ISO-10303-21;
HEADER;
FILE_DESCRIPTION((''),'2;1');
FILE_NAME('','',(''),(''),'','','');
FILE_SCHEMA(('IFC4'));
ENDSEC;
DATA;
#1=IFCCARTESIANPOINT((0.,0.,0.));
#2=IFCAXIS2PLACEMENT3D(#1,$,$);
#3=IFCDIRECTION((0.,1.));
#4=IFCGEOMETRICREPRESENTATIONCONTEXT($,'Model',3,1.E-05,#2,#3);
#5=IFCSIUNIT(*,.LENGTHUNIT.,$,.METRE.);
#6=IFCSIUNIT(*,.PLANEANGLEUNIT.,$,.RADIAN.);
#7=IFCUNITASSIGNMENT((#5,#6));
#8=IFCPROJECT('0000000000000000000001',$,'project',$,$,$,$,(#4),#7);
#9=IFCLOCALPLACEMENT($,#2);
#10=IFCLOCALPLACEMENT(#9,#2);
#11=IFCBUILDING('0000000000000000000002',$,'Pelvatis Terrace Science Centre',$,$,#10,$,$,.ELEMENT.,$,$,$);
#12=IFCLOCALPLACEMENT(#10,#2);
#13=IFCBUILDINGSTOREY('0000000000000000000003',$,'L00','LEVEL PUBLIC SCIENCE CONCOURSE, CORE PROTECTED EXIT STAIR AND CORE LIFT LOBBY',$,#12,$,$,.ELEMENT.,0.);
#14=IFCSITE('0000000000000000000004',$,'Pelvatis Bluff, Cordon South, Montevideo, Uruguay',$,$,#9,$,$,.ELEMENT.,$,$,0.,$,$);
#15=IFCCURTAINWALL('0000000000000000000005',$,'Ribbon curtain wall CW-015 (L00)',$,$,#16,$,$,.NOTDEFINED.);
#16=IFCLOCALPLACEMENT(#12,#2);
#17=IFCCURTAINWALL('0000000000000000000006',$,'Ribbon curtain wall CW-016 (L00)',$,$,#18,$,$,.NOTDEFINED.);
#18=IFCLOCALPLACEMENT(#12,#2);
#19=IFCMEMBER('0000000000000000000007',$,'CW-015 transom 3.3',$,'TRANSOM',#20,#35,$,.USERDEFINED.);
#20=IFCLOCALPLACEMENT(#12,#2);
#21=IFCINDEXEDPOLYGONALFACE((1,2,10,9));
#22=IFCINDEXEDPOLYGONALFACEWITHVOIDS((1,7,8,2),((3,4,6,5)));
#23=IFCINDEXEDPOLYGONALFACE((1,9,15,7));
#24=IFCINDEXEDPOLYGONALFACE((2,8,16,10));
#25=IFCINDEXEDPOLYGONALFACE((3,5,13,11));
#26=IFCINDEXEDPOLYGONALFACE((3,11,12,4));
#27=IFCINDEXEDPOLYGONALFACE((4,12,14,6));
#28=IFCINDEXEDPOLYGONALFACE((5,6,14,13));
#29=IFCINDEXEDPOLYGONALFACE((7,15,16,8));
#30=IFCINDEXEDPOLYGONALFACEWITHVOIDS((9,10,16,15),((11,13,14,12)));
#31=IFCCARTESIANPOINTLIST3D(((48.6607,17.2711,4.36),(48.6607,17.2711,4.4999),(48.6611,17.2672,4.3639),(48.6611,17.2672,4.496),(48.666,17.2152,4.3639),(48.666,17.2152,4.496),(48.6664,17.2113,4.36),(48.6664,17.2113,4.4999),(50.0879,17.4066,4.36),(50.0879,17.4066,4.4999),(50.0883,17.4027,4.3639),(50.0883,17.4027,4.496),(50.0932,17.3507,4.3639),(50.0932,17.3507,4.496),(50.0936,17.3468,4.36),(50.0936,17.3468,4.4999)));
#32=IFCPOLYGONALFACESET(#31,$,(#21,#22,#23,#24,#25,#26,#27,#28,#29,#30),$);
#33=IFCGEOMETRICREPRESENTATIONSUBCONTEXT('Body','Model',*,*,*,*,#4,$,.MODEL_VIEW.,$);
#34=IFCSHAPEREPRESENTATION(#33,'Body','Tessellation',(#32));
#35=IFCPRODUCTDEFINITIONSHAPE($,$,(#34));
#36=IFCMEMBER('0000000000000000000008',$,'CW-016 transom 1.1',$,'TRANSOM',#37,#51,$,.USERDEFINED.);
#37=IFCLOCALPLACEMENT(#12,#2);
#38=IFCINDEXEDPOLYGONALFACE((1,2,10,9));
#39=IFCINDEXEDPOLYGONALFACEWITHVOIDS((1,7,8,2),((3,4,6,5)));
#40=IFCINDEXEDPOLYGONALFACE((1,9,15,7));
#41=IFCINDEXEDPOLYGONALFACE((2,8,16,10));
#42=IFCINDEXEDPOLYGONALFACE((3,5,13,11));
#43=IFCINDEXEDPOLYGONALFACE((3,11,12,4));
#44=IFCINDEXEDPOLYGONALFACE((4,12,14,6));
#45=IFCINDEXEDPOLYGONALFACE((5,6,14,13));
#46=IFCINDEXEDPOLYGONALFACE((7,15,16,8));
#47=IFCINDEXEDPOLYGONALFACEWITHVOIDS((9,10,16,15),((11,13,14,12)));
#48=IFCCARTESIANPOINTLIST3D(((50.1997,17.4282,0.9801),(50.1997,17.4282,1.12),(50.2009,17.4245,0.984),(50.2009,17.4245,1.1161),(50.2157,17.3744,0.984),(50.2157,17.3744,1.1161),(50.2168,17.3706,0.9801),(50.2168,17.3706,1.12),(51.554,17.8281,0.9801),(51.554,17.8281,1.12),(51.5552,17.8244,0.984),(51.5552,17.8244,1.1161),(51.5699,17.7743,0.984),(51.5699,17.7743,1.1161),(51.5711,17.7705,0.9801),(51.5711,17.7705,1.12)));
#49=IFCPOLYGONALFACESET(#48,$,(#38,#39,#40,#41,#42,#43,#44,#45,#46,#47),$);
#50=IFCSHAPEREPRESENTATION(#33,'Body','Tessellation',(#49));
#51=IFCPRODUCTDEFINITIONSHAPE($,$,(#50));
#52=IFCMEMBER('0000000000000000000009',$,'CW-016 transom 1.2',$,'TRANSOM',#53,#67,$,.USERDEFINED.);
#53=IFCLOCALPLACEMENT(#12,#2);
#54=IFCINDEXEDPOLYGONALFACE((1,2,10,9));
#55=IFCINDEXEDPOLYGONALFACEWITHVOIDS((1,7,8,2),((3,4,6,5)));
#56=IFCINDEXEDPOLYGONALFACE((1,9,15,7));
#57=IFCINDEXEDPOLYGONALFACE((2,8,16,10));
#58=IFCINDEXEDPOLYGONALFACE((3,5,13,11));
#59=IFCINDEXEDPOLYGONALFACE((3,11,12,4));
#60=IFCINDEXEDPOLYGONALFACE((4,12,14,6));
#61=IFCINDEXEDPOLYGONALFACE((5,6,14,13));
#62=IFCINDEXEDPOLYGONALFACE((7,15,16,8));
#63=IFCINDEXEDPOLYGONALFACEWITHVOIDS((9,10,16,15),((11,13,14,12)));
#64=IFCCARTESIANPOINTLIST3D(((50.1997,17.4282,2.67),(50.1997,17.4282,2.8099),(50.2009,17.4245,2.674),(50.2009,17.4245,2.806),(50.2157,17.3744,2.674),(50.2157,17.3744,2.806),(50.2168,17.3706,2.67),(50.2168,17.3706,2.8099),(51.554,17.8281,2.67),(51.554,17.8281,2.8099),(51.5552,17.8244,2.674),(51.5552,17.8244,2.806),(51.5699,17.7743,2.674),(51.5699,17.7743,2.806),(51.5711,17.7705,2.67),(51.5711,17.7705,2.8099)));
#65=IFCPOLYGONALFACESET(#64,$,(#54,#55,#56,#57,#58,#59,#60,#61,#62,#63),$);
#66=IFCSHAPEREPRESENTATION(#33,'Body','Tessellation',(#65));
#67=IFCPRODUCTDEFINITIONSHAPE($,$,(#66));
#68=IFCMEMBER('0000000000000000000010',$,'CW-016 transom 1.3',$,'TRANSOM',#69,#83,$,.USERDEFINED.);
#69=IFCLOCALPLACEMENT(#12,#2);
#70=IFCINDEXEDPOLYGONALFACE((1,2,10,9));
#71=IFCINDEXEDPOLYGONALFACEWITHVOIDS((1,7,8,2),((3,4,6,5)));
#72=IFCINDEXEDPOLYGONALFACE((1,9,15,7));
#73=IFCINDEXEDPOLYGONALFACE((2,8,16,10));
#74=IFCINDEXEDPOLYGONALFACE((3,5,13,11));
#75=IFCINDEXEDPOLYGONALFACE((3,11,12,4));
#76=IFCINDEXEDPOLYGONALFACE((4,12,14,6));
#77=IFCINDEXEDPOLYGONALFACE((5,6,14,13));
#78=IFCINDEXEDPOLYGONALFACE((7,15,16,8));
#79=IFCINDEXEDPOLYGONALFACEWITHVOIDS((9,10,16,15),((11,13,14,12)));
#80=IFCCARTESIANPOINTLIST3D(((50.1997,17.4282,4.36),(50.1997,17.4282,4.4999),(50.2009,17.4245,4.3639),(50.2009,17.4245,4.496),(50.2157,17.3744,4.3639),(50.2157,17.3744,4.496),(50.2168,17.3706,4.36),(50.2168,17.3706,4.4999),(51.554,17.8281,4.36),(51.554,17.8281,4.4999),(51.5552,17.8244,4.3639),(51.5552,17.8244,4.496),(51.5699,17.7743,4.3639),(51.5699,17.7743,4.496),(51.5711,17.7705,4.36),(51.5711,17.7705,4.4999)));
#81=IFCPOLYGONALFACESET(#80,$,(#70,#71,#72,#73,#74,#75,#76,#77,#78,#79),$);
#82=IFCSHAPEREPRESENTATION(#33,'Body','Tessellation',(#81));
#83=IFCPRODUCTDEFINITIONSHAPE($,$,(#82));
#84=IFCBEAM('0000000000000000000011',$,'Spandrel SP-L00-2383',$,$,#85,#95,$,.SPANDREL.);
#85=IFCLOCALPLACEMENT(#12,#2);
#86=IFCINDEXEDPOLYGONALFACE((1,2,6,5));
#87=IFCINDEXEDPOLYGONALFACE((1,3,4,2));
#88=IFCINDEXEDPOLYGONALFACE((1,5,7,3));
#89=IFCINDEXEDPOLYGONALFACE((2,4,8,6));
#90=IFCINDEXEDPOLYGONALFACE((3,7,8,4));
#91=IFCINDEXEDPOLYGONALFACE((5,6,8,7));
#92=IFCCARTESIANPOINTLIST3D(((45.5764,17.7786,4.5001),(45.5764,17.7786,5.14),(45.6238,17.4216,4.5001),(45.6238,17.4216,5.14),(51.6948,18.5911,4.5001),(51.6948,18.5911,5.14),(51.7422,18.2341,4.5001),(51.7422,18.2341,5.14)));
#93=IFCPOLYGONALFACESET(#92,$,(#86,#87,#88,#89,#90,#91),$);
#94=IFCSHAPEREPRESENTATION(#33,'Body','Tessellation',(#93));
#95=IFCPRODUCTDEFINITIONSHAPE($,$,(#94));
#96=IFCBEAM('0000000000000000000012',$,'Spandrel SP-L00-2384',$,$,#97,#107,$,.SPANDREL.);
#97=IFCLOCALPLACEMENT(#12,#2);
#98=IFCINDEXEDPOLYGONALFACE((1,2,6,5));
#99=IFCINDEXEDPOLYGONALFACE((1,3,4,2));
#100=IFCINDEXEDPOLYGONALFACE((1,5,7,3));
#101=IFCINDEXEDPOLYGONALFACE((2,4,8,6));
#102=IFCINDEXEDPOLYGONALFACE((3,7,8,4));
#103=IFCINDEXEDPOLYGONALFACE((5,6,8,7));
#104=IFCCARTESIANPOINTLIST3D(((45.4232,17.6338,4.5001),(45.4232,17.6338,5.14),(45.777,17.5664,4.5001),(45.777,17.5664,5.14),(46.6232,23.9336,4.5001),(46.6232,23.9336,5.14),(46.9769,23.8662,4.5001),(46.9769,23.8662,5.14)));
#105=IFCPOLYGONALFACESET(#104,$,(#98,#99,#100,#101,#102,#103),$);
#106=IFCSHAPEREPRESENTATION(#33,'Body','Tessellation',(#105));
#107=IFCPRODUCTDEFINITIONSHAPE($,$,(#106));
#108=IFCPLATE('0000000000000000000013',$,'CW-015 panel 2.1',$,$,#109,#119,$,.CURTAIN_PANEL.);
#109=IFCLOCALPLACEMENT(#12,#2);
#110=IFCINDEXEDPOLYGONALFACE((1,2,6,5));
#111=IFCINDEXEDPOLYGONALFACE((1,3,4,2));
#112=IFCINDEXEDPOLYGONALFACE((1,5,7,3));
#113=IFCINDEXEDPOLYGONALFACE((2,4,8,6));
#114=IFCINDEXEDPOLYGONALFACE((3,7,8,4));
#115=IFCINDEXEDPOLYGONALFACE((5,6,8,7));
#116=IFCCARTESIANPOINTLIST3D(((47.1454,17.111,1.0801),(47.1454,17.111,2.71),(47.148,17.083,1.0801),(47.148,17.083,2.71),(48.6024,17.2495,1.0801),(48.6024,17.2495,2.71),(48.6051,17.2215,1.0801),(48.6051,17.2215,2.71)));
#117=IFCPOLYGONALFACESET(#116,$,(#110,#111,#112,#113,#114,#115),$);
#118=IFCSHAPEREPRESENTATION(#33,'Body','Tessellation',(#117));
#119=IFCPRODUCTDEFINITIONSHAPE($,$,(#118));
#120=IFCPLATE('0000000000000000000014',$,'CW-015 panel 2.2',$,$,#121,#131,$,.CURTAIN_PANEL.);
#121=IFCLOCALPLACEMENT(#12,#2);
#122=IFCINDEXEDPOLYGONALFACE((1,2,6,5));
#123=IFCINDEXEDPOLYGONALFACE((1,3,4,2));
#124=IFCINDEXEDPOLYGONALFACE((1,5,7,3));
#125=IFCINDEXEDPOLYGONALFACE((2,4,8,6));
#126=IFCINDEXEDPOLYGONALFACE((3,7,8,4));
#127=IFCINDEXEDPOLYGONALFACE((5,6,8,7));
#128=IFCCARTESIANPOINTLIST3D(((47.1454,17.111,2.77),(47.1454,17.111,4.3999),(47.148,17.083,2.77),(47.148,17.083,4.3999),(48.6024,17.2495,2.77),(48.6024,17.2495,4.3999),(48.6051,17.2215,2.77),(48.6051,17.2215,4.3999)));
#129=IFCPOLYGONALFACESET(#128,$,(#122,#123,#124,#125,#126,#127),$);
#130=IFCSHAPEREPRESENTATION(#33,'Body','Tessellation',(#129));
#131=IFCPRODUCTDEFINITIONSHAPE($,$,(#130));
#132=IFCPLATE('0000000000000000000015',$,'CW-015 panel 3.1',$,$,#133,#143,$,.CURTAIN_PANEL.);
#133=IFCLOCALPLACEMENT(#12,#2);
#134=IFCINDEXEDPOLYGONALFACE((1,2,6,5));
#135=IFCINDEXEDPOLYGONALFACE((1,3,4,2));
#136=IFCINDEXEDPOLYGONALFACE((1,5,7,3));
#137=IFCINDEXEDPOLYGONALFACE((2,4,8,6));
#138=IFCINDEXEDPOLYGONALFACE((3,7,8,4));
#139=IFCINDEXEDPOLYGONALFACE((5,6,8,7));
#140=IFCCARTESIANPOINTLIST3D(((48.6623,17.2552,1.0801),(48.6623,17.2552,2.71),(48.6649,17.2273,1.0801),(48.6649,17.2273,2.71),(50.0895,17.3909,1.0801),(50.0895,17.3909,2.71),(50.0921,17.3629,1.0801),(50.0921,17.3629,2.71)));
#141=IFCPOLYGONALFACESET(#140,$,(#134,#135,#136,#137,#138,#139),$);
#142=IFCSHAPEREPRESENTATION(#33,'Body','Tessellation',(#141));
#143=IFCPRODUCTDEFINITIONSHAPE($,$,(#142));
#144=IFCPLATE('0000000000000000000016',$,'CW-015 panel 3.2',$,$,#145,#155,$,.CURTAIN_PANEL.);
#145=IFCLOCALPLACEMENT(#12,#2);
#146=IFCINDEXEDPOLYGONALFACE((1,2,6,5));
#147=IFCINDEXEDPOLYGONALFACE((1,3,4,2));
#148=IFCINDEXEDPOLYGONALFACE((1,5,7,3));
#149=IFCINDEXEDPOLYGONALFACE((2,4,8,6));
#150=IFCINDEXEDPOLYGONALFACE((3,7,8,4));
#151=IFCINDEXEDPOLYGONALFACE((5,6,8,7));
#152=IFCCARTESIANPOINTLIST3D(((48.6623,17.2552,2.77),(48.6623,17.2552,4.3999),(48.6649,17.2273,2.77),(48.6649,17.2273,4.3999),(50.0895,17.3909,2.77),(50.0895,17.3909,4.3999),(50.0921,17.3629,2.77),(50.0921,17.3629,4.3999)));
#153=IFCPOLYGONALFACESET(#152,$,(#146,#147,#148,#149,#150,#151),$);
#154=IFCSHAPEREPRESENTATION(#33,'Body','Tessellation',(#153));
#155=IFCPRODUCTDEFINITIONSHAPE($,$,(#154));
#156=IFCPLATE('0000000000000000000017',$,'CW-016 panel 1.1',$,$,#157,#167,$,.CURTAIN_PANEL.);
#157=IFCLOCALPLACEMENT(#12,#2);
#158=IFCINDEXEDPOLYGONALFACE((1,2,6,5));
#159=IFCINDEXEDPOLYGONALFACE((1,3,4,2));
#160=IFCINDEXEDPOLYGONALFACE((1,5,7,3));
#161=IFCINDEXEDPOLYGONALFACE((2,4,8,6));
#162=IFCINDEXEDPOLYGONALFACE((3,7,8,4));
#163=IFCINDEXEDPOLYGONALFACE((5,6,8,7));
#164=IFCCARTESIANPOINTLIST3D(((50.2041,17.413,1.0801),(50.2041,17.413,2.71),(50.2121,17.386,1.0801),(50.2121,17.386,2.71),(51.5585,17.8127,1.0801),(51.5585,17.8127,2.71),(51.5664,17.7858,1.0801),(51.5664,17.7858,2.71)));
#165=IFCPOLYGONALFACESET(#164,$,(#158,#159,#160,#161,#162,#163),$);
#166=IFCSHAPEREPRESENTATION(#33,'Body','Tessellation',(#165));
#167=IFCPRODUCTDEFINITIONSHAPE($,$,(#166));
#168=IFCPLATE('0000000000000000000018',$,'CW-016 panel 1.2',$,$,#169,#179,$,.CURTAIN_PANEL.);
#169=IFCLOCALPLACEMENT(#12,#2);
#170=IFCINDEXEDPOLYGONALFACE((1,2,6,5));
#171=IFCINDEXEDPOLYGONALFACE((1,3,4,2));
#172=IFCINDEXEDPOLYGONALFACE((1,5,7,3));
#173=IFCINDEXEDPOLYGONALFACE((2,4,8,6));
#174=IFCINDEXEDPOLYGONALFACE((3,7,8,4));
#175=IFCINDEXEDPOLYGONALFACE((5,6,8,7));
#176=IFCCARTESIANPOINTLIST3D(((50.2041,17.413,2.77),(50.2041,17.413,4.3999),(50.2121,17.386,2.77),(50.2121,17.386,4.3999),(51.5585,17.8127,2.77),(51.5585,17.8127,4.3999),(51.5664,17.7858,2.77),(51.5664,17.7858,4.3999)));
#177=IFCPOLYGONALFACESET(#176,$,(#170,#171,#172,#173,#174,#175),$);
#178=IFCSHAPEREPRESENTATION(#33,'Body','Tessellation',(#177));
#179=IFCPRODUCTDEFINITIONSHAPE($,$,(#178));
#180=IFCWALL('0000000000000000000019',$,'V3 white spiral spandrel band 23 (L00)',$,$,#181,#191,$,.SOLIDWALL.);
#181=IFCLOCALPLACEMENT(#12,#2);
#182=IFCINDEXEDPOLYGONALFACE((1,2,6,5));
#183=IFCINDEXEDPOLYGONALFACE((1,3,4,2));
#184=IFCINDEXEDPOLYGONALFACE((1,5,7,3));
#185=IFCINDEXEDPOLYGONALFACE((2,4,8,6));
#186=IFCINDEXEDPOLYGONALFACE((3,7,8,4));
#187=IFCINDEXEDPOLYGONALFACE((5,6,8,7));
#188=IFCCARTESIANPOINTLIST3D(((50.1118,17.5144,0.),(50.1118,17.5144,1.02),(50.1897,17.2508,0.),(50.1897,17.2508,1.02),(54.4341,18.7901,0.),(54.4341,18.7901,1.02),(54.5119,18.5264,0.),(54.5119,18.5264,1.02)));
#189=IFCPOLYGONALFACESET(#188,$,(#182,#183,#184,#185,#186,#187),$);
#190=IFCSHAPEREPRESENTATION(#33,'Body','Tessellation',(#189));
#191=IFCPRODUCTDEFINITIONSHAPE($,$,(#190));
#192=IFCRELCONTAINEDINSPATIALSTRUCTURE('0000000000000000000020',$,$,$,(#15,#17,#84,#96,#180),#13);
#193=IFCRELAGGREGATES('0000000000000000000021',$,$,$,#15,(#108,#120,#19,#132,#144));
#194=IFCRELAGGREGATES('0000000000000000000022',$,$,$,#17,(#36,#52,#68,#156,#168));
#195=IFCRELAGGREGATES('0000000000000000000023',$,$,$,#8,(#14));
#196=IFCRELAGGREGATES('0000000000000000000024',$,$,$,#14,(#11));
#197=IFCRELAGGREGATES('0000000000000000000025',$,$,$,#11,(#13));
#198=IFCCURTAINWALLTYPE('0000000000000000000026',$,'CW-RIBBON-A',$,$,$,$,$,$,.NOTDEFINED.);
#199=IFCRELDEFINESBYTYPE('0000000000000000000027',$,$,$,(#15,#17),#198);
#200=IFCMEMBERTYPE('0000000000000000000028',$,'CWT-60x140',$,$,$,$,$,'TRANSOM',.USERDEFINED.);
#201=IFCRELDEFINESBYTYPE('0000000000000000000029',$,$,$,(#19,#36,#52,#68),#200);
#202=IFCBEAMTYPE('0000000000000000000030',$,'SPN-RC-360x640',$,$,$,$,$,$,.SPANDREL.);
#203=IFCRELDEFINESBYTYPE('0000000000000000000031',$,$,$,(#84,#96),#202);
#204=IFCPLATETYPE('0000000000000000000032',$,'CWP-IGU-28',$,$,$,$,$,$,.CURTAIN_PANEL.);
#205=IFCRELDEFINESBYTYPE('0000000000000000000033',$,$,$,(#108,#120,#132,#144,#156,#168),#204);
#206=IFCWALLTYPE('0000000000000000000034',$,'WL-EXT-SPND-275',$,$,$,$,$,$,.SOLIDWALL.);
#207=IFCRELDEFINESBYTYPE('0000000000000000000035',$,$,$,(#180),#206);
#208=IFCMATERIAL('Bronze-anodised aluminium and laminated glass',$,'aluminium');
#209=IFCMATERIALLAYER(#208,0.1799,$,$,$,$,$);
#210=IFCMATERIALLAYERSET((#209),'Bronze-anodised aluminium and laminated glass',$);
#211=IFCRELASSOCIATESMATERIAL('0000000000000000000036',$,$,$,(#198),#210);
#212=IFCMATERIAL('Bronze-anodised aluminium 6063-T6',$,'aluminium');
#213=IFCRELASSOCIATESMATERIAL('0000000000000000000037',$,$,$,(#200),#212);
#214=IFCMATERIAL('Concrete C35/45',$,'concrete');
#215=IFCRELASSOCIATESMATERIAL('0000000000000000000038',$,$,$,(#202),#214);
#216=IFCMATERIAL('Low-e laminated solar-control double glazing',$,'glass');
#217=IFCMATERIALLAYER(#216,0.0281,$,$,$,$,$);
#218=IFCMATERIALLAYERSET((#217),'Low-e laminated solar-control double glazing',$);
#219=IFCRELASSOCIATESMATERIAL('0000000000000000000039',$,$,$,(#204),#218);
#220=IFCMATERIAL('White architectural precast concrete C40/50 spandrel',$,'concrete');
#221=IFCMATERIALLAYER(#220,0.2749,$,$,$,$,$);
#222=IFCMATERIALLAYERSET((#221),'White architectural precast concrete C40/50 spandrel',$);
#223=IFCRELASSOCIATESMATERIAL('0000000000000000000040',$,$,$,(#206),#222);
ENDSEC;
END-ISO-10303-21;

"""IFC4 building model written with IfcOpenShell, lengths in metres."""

from ifc_helpers import new_model, si_unit, direction, frame, frame_2d, origin, origin_2d, place, context, subcontext, project, spatial, rectangle, hollow_rectangle, extrude, material, layer, layer_set, material_profile, profile_set, type_object, element, aggregate, save


model = new_model("IFC4")

# Units and contexts
model_context = context("Model", 3, precision=1e-05, world=origin(), true_north=direction((0.0, 1.0)))
body_context = subcontext(model_context, "Body", "Model", "MODEL_VIEW")
ifc_project = project(units=[si_unit("LENGTHUNIT", "METRE"), si_unit("PLANEANGLEUNIT", "RADIAN")], contexts=[model_context])

# Site, building, storey
site_placement = place(None, origin())
site = spatial("IfcSite", under=ifc_project, at=site_placement, Name="Pelvatis Bluff, Cordon South, Montevideo, Uruguay", CompositionType="ELEMENT", RefElevation=0.0)
building_placement = place(site_placement, origin())
building = spatial("IfcBuilding", under=site, at=building_placement, Name="Pelvatis Terrace Science Centre", CompositionType="ELEMENT")
storey_placement = place(building_placement, origin())
storey = spatial("IfcBuildingStorey", under=building, at=storey_placement, Name="L00", Description="LEVEL PUBLIC SCIENCE CONCOURSE, CORE PROTECTED EXIT STAIR AND CORE LIFT LOBBY", CompositionType="ELEMENT", Elevation=0.0)

# Curtain wall
ifc_material_1 = material(Name="Bronze-anodised aluminium and laminated glass", Category="aluminium")
ifc_layer_1 = layer(ifc_material_1, 0.1799)
ifc_layer_set_1 = layer_set([ifc_layer_1], Name="Bronze-anodised aluminium and laminated glass")
curtain_wall_type = type_object("IfcCurtainWallType", Name="CW-RIBBON-A", PredefinedType="NOTDEFINED", material=ifc_layer_set_1)
curtain_wall_1_placement = place(storey_placement, origin())
curtain_wall_1 = element("IfcCurtainWall", 1, at=curtain_wall_1_placement, inside=storey, type_object=curtain_wall_type, Name="Ribbon curtain wall CW-015 (L00)", PredefinedType="NOTDEFINED")

# Curtain wall
curtain_wall_2_placement = place(storey_placement, origin())
curtain_wall_2 = element("IfcCurtainWall", 2, at=curtain_wall_2_placement, inside=storey, type_object=curtain_wall_type, Name="Ribbon curtain wall CW-016 (L00)", PredefinedType="NOTDEFINED")

# Members
ifc_material_2 = material(Name="Bronze-anodised aluminium 6063-T6", Category="aluminium")
ifc_material_profile_1 = material_profile(ifc_material_2, hollow_rectangle(XDim=0.0601, YDim=0.1399, WallThickness=0.0039, at=origin_2d()), Name="ALU-TRN 60x140")
ifc_profile_set_1 = profile_set([ifc_material_profile_1], Name="Bronze-anodised aluminium 6063-T6")
member_type_1 = type_object("IfcMemberType", Name="CWT-60x140", ElementType="TRANSOM", PredefinedType="USERDEFINED", material=ifc_profile_set_1)
member_1_placement = place(storey_placement, frame((48.6636, 17.2412, 4.4299), z_axis=(0.995524, 0.094512, 0.0), x_axis=(-0.094512, 0.995524, 0.0)))
member_1 = element("IfcMember", 3, at=member_1_placement, type_object=member_type_1, Name="CW-015 transom 3.3", ObjectType="TRANSOM", PredefinedType="USERDEFINED", context=body_context, shape_type="SweptSolid", body=[
    extrude(hollow_rectangle(XDim=0.0601, YDim=0.1399, WallThickness=0.0039, at=origin_2d()), origin(), (0.0, 0.0, 1.0), 1.4336),
])
member_2_placement = place(storey_placement, frame((50.2083, 17.3994, 1.05), z_axis=(0.959059, 0.283205, 0.0), x_axis=(-0.283205, 0.959059, 0.0)))
member_2 = element("IfcMember", 4, at=member_2_placement, type_object=member_type_1, Name="CW-016 transom 1.1", ObjectType="TRANSOM", PredefinedType="USERDEFINED", context=body_context, shape_type="SweptSolid", body=[
    extrude(hollow_rectangle(XDim=0.0601, YDim=0.1399, WallThickness=0.0039, at=origin_2d()), origin(), (0.0, 0.0, 1.0), 1.4121),
])
member_3_placement = place(storey_placement, frame((50.2083, 17.3994, 2.74), z_axis=(0.959059, 0.283205, 0.0), x_axis=(-0.283205, 0.959059, 0.0)))
member_3 = element("IfcMember", 5, at=member_3_placement, type_object=member_type_1, Name="CW-016 transom 1.2", ObjectType="TRANSOM", PredefinedType="USERDEFINED", context=body_context, shape_type="SweptSolid", body=[
    extrude(hollow_rectangle(XDim=0.0601, YDim=0.1399, WallThickness=0.0039, at=origin_2d()), origin(), (0.0, 0.0, 1.0), 1.4121),
])
member_4_placement = place(storey_placement, frame((50.2083, 17.3994, 4.4299), z_axis=(0.959059, 0.283205, 0.0), x_axis=(-0.283205, 0.959059, 0.0)))
member_4 = element("IfcMember", 6, at=member_4_placement, type_object=member_type_1, Name="CW-016 transom 1.3", ObjectType="TRANSOM", PredefinedType="USERDEFINED", context=body_context, shape_type="SweptSolid", body=[
    extrude(hollow_rectangle(XDim=0.0601, YDim=0.1399, WallThickness=0.0039, at=origin_2d()), origin(), (0.0, 0.0, 1.0), 1.4121),
])

# Beams
ifc_material_3 = material(Name="Concrete C35/45", Category="concrete")
ifc_material_profile_2 = material_profile(ifc_material_3, rectangle(XDim=0.3601, YDim=0.6399, at=origin_2d()), Name="RC-SPN 360x640")
ifc_profile_set_2 = profile_set([ifc_material_profile_2], Name="Concrete C35/45")
beam_type = type_object("IfcBeamType", Name="SPN-RC-360x640", PredefinedType="SPANDREL", material=ifc_profile_set_2)
beam_1_placement = place(storey_placement, frame((45.6001, 17.6001, 4.8201), z_axis=(0.991298, 0.13164, 0.0), x_axis=(-0.13164, 0.991298, 0.0)))
element("IfcBeam", 7, at=beam_1_placement, inside=storey, type_object=beam_type, Name="Spandrel SP-L00-2383", PredefinedType="SPANDREL", context=body_context, shape_type="SweptSolid", body=[
    extrude(rectangle(XDim=0.3601, YDim=0.6399, at=origin_2d()), origin(), (0.0, 0.0, 1.0), 6.1721),
])
beam_2_placement = place(storey_placement, frame((45.6001, 17.6001, 4.8201), z_axis=(0.18711, 0.982339, 0.0), x_axis=(-0.982339, 0.18711, 0.0)))
element("IfcBeam", 8, at=beam_2_placement, inside=storey, type_object=beam_type, Name="Spandrel SP-L00-2384", PredefinedType="SPANDREL", context=body_context, shape_type="SweptSolid", body=[
    extrude(rectangle(XDim=0.3601, YDim=0.6399, at=origin_2d()), origin(), (0.0, 0.0, 1.0), 6.4131),
])

# Plates
ifc_material_4 = material(Name="Low-e laminated solar-control double glazing", Category="glass")
ifc_layer_2 = layer(ifc_material_4, 0.0281)
ifc_layer_set_2 = layer_set([ifc_layer_2], Name="Low-e laminated solar-control double glazing")
plate_type = type_object("IfcPlateType", Name="CWP-IGU-28", PredefinedType="CURTAIN_PANEL", material=ifc_layer_set_2)
plate_1_placement = place(storey_placement, frame((47.8752, 17.1663, 1.0801), z_axis=(0.0, 0.0, 1.0), x_axis=(0.995514, 0.094616, 0.0)))
plate_1 = element("IfcPlate", 9, at=plate_1_placement, type_object=plate_type, Name="CW-015 panel 2.1", PredefinedType="CURTAIN_PANEL", context=body_context, shape_type="SweptSolid", body=[
    extrude(rectangle(XDim=1.4636, YDim=0.0281, at=origin_2d()), origin(), (0.0, 0.0, 1.0), 1.6299),
])
plate_2_placement = place(storey_placement, frame((47.8752, 17.1663, 2.77), z_axis=(0.0, 0.0, 1.0), x_axis=(0.995514, 0.094616, 0.0)))
plate_2 = element("IfcPlate", 10, at=plate_2_placement, type_object=plate_type, Name="CW-015 panel 2.2", PredefinedType="CURTAIN_PANEL", context=body_context, shape_type="SweptSolid", body=[
    extrude(rectangle(XDim=1.4636, YDim=0.0281, at=origin_2d()), origin(), (0.0, 0.0, 1.0), 1.6299),
])
plate_3_placement = place(storey_placement, frame((49.3772, 17.3091, 1.0801), z_axis=(0.0, 0.0, 1.0), x_axis=(0.995514, 0.094616, 0.0)))
plate_3 = element("IfcPlate", 11, at=plate_3_placement, type_object=plate_type, Name="CW-015 panel 3.1", PredefinedType="CURTAIN_PANEL", context=body_context, shape_type="SweptSolid", body=[
    extrude(rectangle(XDim=1.4336, YDim=0.0281, at=origin_2d()), origin(), (0.0, 0.0, 1.0), 1.6299),
])
plate_4_placement = place(storey_placement, frame((49.3772, 17.3091, 2.77), z_axis=(0.0, 0.0, 1.0), x_axis=(0.995514, 0.094616, 0.0)))
plate_4 = element("IfcPlate", 12, at=plate_4_placement, type_object=plate_type, Name="CW-015 panel 3.2", PredefinedType="CURTAIN_PANEL", context=body_context, shape_type="SweptSolid", body=[
    extrude(rectangle(XDim=1.4336, YDim=0.0281, at=origin_2d()), origin(), (0.0, 0.0, 1.0), 1.6299),
])
aggregate(curtain_wall_1, [plate_1, plate_2, member_1, plate_3, plate_4])
plate_5_placement = place(storey_placement, frame((50.8853, 17.5994, 1.0801), z_axis=(0.0, 0.0, 1.0), x_axis=(0.959093, 0.283092, 0.0)))
plate_5 = element("IfcPlate", 13, at=plate_5_placement, type_object=plate_type, Name="CW-016 panel 1.1", PredefinedType="CURTAIN_PANEL", context=body_context, shape_type="SweptSolid", body=[
    extrude(rectangle(XDim=1.4121, YDim=0.0281, at=origin_2d()), origin(), (0.0, 0.0, 1.0), 1.6299),
])
plate_6_placement = place(storey_placement, frame((50.8853, 17.5994, 2.77), z_axis=(0.0, 0.0, 1.0), x_axis=(0.959093, 0.283092, 0.0)))
plate_6 = element("IfcPlate", 14, at=plate_6_placement, type_object=plate_type, Name="CW-016 panel 1.2", PredefinedType="CURTAIN_PANEL", context=body_context, shape_type="SweptSolid", body=[
    extrude(rectangle(XDim=1.4121, YDim=0.0281, at=origin_2d()), origin(), (0.0, 0.0, 1.0), 1.6299),
])
aggregate(curtain_wall_2, [member_2, member_3, member_4, plate_5, plate_6])

# Wall
ifc_material_5 = material(Name="White architectural precast concrete C40/50 spandrel", Category="concrete")
ifc_layer_3 = layer(ifc_material_5, 0.2749)
ifc_layer_set_3 = layer_set([ifc_layer_3], Name="White architectural precast concrete C40/50 spandrel")
wall_type = type_object("IfcWallType", Name="WL-EXT-SPND-275", PredefinedType="SOLIDWALL", material=ifc_layer_set_3)
wall_placement = place(storey_placement, frame((50.1506, 17.3826, 0.0), z_axis=(0.0, 0.0, 1.0), x_axis=(0.959102, 0.283061, 0.0)))
element("IfcWall", 15, at=wall_placement, inside=storey, type_object=wall_type, Name="V3 white spiral spandrel band 23 (L00)", PredefinedType="SOLIDWALL", context=body_context, shape_type="SweptSolid", body=[
    extrude(rectangle(XDim=4.5066, YDim=0.2749, at=frame_2d((2.2534, 0.0))), origin(), (0.0, 0.0, 1.0), 1.02),
])

save(model, "model.ifc")
